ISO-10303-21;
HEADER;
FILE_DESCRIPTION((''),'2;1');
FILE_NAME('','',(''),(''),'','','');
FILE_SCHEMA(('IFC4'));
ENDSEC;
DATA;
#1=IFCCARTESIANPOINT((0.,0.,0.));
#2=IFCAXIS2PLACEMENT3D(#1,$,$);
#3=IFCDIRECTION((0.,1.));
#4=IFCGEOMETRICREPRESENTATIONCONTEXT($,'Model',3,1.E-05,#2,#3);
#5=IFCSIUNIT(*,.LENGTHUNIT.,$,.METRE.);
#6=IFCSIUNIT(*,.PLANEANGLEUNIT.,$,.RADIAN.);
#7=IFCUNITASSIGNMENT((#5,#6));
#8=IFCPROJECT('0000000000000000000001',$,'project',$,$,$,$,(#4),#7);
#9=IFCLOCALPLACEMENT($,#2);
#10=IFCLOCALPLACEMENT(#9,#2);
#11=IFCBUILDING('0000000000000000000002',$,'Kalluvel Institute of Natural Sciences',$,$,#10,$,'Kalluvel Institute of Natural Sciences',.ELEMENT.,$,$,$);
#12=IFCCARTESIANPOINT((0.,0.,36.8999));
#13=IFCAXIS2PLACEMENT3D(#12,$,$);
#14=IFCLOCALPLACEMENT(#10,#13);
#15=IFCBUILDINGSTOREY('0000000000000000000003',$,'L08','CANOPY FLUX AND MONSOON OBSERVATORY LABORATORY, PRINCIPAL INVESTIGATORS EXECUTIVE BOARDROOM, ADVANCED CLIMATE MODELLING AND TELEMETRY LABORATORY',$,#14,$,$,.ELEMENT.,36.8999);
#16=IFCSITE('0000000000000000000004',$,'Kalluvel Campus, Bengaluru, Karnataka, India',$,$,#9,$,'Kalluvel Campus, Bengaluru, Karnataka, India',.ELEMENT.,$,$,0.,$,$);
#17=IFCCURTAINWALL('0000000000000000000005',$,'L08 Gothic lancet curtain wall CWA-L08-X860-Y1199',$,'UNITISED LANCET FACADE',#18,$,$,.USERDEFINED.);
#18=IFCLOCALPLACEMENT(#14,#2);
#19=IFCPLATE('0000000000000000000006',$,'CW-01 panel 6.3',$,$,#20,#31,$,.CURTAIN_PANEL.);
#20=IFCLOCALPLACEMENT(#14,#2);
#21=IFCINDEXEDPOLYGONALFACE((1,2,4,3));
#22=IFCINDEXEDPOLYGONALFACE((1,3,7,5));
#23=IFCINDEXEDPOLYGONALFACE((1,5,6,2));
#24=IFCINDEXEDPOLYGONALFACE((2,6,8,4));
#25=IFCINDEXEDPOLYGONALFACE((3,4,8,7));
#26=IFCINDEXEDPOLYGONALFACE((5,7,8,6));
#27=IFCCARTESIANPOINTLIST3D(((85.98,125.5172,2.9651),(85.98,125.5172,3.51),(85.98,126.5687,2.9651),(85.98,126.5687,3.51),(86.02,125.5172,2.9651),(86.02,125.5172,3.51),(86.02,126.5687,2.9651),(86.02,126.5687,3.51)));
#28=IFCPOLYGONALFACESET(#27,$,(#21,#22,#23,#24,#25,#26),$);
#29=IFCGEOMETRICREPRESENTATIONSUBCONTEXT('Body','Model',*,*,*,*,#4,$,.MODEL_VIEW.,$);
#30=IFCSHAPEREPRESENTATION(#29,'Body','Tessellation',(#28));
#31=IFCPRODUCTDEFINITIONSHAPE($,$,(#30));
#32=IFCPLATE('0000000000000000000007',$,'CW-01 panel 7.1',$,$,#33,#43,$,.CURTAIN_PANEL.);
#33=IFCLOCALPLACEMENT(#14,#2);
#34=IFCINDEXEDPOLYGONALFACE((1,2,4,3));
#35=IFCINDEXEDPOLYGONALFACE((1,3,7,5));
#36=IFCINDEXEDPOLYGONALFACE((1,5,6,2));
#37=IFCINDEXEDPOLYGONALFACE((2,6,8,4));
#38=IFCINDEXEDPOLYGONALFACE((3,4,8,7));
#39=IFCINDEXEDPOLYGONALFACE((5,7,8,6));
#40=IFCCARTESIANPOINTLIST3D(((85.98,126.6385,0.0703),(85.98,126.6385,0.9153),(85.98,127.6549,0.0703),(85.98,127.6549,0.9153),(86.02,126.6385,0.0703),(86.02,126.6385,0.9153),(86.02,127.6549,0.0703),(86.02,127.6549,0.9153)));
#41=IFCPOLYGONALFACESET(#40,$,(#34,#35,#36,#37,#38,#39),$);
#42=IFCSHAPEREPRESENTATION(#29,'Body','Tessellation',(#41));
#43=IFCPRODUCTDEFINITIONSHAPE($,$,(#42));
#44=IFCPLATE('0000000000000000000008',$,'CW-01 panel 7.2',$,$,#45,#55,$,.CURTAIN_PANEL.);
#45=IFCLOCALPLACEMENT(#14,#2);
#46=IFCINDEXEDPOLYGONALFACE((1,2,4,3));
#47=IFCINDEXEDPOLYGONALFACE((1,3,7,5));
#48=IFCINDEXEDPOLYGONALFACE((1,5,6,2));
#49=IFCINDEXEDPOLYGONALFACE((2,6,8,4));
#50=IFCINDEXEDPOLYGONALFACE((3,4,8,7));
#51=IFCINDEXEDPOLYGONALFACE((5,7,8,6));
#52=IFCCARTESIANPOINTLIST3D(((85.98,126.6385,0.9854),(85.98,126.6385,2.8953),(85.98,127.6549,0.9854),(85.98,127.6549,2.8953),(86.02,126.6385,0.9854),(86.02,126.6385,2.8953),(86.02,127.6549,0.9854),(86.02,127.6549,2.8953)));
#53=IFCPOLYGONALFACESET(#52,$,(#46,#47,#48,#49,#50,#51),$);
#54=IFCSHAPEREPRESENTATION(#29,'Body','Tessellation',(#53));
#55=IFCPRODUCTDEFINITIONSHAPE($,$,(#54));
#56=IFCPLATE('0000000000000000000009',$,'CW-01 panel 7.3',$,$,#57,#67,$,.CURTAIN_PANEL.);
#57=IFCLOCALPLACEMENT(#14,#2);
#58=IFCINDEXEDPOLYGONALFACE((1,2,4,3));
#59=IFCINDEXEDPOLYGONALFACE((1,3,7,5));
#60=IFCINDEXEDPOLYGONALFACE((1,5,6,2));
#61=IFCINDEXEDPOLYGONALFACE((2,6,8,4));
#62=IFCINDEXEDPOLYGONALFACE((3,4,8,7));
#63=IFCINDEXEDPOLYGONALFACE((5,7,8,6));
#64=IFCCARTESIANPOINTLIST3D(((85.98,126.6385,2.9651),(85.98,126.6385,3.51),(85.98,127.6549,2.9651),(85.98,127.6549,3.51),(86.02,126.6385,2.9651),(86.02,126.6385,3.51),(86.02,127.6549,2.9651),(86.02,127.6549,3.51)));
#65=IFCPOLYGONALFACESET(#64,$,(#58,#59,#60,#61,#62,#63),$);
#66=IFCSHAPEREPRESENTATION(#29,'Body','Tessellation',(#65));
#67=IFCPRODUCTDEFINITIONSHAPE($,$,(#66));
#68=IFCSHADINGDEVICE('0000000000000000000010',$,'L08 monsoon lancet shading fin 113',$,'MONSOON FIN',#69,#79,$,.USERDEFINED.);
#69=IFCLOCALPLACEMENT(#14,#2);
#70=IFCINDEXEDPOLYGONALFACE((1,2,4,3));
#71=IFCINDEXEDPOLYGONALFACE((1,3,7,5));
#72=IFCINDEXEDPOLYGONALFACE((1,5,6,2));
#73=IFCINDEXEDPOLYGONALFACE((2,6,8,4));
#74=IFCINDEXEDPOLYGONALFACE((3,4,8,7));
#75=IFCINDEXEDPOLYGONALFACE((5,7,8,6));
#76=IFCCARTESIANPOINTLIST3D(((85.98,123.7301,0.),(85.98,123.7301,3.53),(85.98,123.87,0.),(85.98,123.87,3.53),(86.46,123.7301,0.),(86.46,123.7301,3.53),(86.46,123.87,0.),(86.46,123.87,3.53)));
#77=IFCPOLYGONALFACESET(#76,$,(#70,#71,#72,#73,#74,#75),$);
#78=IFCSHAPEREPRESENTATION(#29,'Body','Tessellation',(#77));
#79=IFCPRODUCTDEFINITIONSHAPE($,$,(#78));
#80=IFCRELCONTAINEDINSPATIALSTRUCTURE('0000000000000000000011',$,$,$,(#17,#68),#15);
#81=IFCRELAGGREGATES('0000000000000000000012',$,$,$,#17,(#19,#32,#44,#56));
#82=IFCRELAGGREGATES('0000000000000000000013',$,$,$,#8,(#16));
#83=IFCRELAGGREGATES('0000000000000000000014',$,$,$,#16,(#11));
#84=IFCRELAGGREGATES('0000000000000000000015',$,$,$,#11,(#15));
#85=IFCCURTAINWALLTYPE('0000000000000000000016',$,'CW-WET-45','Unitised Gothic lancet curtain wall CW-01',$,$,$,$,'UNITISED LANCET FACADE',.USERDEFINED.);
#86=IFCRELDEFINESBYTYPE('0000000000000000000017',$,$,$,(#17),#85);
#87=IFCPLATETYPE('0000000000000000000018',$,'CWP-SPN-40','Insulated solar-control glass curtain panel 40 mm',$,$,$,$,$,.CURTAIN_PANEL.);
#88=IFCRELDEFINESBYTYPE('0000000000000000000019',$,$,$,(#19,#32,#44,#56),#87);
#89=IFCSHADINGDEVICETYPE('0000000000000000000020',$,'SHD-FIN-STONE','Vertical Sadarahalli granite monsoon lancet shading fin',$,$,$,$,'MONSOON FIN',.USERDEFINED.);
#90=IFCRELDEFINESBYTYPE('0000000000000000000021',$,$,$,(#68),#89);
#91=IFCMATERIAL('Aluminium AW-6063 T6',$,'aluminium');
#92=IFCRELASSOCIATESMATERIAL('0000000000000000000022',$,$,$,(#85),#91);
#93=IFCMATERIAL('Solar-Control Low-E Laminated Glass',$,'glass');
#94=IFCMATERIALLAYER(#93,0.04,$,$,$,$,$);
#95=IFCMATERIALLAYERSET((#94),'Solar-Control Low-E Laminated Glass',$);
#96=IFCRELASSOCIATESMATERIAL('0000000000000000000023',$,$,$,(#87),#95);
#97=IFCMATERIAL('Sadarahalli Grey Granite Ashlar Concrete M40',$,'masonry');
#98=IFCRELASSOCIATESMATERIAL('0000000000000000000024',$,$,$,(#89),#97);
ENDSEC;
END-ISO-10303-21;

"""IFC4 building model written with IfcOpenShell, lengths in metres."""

from ifc_helpers import new_model, si_unit, direction, frame, origin, origin_2d, place, context, subcontext, project, spatial, rectangle, extrude, material, layer, layer_set, type_object, element, aggregate, save


model = new_model("IFC4")

# Units and contexts
model_context = context("Model", 3, precision=1e-05, world=origin(), true_north=direction((0.0, 1.0)))
body_context = subcontext(model_context, "Body", "Model", "MODEL_VIEW")
ifc_project = project(units=[si_unit("LENGTHUNIT", "METRE"), si_unit("PLANEANGLEUNIT", "RADIAN")], contexts=[model_context])

# Site, building, storey
site_placement = place(None, origin())
site = spatial("IfcSite", under=ifc_project, at=site_placement, Name="Kalluvel Campus, Bengaluru, Karnataka, India", LongName="Kalluvel Campus, Bengaluru, Karnataka, India", CompositionType="ELEMENT", RefElevation=0.0)
building_placement = place(site_placement, origin())
building = spatial("IfcBuilding", under=site, at=building_placement, Name="Kalluvel Institute of Natural Sciences", LongName="Kalluvel Institute of Natural Sciences", CompositionType="ELEMENT")
storey_placement = place(building_placement, frame((0.0, 0.0, 36.8999)))
storey = spatial("IfcBuildingStorey", under=building, at=storey_placement, Name="L08", Description="CANOPY FLUX AND MONSOON OBSERVATORY LABORATORY, PRINCIPAL INVESTIGATORS EXECUTIVE BOARDROOM, ADVANCED CLIMATE MODELLING AND TELEMETRY LABORATORY", CompositionType="ELEMENT", Elevation=36.8999)

# Curtain wall
ifc_material_1 = material(Name="Aluminium AW-6063 T6", Category="aluminium")
curtain_wall_type = type_object("IfcCurtainWallType", Name="CW-WET-45", Description="Unitised Gothic lancet curtain wall CW-01", ElementType="UNITISED LANCET FACADE", PredefinedType="USERDEFINED", material=ifc_material_1)
curtain_wall_placement = place(storey_placement, origin())
curtain_wall = element("IfcCurtainWall", 1, at=curtain_wall_placement, inside=storey, type_object=curtain_wall_type, Name="L08 Gothic lancet curtain wall CWA-L08-X860-Y1199", ObjectType="UNITISED LANCET FACADE", PredefinedType="USERDEFINED")

# Plates
ifc_material_2 = material(Name="Solar-Control Low-E Laminated Glass", Category="glass")
ifc_layer = layer(ifc_material_2, 0.04)
ifc_layer_set = layer_set([ifc_layer], Name="Solar-Control Low-E Laminated Glass")
plate_type = type_object("IfcPlateType", Name="CWP-SPN-40", Description="Insulated solar-control glass curtain panel 40 mm", PredefinedType="CURTAIN_PANEL", material=ifc_layer_set)
plate_1_placement = place(storey_placement, frame((86.0, 126.043, 2.9651), z_axis=(0.0, 0.0, 1.0), x_axis=(0.0, 1.0, 0.0)))
plate_1 = element("IfcPlate", 2, at=plate_1_placement, type_object=plate_type, Name="CW-01 panel 6.3", PredefinedType="CURTAIN_PANEL", context=body_context, shape_type="SweptSolid", body=[
    extrude(rectangle(XDim=1.0515, YDim=0.04, at=origin_2d()), origin(), (0.0, 0.0, 1.0), 0.5449),
])
plate_2_placement = place(storey_placement, frame((86.0, 127.1467, 0.0703), z_axis=(0.0, 0.0, 1.0), x_axis=(0.0, 1.0, 0.0)))
plate_2 = element("IfcPlate", 3, at=plate_2_placement, type_object=plate_type, Name="CW-01 panel 7.1", PredefinedType="CURTAIN_PANEL", context=body_context, shape_type="SweptSolid", body=[
    extrude(rectangle(XDim=1.0164, YDim=0.04, at=origin_2d()), origin(), (0.0, 0.0, 1.0), 0.845),
])
plate_3_placement = place(storey_placement, frame((86.0, 127.1467, 0.9854), z_axis=(0.0, 0.0, 1.0), x_axis=(0.0, 1.0, 0.0)))
plate_3 = element("IfcPlate", 4, at=plate_3_placement, type_object=plate_type, Name="CW-01 panel 7.2", PredefinedType="CURTAIN_PANEL", context=body_context, shape_type="SweptSolid", body=[
    extrude(rectangle(XDim=1.0164, YDim=0.04, at=origin_2d()), origin(), (0.0, 0.0, 1.0), 1.9099),
])
plate_4_placement = place(storey_placement, frame((86.0, 127.1467, 2.9651), z_axis=(0.0, 0.0, 1.0), x_axis=(0.0, 1.0, 0.0)))
plate_4 = element("IfcPlate", 5, at=plate_4_placement, type_object=plate_type, Name="CW-01 panel 7.3", PredefinedType="CURTAIN_PANEL", context=body_context, shape_type="SweptSolid", body=[
    extrude(rectangle(XDim=1.0164, YDim=0.04, at=origin_2d()), origin(), (0.0, 0.0, 1.0), 0.5449),
])
aggregate(curtain_wall, [plate_1, plate_2, plate_3, plate_4])

# Shading device
ifc_material_3 = material(Name="Sadarahalli Grey Granite Ashlar Concrete M40", Category="masonry")
shading_device_type = type_object("IfcShadingDeviceType", Name="SHD-FIN-STONE", Description="Vertical Sadarahalli granite monsoon lancet shading fin", ElementType="MONSOON FIN", PredefinedType="USERDEFINED", material=ifc_material_3)
shading_device_placement = place(storey_placement, frame((86.22, 123.8, 0.0), z_axis=(0.0, 0.0, 1.0), x_axis=(0.0, 1.0, 0.0)))
element("IfcShadingDevice", 6, at=shading_device_placement, inside=storey, type_object=shading_device_type, Name="L08 monsoon lancet shading fin 113", ObjectType="MONSOON FIN", PredefinedType="USERDEFINED", context=body_context, shape_type="SweptSolid", body=[
    extrude(rectangle(XDim=0.1399, YDim=0.48, at=origin_2d()), origin(), (0.0, 0.0, 1.0), 3.53),
])

save(model, "model.ifc")
